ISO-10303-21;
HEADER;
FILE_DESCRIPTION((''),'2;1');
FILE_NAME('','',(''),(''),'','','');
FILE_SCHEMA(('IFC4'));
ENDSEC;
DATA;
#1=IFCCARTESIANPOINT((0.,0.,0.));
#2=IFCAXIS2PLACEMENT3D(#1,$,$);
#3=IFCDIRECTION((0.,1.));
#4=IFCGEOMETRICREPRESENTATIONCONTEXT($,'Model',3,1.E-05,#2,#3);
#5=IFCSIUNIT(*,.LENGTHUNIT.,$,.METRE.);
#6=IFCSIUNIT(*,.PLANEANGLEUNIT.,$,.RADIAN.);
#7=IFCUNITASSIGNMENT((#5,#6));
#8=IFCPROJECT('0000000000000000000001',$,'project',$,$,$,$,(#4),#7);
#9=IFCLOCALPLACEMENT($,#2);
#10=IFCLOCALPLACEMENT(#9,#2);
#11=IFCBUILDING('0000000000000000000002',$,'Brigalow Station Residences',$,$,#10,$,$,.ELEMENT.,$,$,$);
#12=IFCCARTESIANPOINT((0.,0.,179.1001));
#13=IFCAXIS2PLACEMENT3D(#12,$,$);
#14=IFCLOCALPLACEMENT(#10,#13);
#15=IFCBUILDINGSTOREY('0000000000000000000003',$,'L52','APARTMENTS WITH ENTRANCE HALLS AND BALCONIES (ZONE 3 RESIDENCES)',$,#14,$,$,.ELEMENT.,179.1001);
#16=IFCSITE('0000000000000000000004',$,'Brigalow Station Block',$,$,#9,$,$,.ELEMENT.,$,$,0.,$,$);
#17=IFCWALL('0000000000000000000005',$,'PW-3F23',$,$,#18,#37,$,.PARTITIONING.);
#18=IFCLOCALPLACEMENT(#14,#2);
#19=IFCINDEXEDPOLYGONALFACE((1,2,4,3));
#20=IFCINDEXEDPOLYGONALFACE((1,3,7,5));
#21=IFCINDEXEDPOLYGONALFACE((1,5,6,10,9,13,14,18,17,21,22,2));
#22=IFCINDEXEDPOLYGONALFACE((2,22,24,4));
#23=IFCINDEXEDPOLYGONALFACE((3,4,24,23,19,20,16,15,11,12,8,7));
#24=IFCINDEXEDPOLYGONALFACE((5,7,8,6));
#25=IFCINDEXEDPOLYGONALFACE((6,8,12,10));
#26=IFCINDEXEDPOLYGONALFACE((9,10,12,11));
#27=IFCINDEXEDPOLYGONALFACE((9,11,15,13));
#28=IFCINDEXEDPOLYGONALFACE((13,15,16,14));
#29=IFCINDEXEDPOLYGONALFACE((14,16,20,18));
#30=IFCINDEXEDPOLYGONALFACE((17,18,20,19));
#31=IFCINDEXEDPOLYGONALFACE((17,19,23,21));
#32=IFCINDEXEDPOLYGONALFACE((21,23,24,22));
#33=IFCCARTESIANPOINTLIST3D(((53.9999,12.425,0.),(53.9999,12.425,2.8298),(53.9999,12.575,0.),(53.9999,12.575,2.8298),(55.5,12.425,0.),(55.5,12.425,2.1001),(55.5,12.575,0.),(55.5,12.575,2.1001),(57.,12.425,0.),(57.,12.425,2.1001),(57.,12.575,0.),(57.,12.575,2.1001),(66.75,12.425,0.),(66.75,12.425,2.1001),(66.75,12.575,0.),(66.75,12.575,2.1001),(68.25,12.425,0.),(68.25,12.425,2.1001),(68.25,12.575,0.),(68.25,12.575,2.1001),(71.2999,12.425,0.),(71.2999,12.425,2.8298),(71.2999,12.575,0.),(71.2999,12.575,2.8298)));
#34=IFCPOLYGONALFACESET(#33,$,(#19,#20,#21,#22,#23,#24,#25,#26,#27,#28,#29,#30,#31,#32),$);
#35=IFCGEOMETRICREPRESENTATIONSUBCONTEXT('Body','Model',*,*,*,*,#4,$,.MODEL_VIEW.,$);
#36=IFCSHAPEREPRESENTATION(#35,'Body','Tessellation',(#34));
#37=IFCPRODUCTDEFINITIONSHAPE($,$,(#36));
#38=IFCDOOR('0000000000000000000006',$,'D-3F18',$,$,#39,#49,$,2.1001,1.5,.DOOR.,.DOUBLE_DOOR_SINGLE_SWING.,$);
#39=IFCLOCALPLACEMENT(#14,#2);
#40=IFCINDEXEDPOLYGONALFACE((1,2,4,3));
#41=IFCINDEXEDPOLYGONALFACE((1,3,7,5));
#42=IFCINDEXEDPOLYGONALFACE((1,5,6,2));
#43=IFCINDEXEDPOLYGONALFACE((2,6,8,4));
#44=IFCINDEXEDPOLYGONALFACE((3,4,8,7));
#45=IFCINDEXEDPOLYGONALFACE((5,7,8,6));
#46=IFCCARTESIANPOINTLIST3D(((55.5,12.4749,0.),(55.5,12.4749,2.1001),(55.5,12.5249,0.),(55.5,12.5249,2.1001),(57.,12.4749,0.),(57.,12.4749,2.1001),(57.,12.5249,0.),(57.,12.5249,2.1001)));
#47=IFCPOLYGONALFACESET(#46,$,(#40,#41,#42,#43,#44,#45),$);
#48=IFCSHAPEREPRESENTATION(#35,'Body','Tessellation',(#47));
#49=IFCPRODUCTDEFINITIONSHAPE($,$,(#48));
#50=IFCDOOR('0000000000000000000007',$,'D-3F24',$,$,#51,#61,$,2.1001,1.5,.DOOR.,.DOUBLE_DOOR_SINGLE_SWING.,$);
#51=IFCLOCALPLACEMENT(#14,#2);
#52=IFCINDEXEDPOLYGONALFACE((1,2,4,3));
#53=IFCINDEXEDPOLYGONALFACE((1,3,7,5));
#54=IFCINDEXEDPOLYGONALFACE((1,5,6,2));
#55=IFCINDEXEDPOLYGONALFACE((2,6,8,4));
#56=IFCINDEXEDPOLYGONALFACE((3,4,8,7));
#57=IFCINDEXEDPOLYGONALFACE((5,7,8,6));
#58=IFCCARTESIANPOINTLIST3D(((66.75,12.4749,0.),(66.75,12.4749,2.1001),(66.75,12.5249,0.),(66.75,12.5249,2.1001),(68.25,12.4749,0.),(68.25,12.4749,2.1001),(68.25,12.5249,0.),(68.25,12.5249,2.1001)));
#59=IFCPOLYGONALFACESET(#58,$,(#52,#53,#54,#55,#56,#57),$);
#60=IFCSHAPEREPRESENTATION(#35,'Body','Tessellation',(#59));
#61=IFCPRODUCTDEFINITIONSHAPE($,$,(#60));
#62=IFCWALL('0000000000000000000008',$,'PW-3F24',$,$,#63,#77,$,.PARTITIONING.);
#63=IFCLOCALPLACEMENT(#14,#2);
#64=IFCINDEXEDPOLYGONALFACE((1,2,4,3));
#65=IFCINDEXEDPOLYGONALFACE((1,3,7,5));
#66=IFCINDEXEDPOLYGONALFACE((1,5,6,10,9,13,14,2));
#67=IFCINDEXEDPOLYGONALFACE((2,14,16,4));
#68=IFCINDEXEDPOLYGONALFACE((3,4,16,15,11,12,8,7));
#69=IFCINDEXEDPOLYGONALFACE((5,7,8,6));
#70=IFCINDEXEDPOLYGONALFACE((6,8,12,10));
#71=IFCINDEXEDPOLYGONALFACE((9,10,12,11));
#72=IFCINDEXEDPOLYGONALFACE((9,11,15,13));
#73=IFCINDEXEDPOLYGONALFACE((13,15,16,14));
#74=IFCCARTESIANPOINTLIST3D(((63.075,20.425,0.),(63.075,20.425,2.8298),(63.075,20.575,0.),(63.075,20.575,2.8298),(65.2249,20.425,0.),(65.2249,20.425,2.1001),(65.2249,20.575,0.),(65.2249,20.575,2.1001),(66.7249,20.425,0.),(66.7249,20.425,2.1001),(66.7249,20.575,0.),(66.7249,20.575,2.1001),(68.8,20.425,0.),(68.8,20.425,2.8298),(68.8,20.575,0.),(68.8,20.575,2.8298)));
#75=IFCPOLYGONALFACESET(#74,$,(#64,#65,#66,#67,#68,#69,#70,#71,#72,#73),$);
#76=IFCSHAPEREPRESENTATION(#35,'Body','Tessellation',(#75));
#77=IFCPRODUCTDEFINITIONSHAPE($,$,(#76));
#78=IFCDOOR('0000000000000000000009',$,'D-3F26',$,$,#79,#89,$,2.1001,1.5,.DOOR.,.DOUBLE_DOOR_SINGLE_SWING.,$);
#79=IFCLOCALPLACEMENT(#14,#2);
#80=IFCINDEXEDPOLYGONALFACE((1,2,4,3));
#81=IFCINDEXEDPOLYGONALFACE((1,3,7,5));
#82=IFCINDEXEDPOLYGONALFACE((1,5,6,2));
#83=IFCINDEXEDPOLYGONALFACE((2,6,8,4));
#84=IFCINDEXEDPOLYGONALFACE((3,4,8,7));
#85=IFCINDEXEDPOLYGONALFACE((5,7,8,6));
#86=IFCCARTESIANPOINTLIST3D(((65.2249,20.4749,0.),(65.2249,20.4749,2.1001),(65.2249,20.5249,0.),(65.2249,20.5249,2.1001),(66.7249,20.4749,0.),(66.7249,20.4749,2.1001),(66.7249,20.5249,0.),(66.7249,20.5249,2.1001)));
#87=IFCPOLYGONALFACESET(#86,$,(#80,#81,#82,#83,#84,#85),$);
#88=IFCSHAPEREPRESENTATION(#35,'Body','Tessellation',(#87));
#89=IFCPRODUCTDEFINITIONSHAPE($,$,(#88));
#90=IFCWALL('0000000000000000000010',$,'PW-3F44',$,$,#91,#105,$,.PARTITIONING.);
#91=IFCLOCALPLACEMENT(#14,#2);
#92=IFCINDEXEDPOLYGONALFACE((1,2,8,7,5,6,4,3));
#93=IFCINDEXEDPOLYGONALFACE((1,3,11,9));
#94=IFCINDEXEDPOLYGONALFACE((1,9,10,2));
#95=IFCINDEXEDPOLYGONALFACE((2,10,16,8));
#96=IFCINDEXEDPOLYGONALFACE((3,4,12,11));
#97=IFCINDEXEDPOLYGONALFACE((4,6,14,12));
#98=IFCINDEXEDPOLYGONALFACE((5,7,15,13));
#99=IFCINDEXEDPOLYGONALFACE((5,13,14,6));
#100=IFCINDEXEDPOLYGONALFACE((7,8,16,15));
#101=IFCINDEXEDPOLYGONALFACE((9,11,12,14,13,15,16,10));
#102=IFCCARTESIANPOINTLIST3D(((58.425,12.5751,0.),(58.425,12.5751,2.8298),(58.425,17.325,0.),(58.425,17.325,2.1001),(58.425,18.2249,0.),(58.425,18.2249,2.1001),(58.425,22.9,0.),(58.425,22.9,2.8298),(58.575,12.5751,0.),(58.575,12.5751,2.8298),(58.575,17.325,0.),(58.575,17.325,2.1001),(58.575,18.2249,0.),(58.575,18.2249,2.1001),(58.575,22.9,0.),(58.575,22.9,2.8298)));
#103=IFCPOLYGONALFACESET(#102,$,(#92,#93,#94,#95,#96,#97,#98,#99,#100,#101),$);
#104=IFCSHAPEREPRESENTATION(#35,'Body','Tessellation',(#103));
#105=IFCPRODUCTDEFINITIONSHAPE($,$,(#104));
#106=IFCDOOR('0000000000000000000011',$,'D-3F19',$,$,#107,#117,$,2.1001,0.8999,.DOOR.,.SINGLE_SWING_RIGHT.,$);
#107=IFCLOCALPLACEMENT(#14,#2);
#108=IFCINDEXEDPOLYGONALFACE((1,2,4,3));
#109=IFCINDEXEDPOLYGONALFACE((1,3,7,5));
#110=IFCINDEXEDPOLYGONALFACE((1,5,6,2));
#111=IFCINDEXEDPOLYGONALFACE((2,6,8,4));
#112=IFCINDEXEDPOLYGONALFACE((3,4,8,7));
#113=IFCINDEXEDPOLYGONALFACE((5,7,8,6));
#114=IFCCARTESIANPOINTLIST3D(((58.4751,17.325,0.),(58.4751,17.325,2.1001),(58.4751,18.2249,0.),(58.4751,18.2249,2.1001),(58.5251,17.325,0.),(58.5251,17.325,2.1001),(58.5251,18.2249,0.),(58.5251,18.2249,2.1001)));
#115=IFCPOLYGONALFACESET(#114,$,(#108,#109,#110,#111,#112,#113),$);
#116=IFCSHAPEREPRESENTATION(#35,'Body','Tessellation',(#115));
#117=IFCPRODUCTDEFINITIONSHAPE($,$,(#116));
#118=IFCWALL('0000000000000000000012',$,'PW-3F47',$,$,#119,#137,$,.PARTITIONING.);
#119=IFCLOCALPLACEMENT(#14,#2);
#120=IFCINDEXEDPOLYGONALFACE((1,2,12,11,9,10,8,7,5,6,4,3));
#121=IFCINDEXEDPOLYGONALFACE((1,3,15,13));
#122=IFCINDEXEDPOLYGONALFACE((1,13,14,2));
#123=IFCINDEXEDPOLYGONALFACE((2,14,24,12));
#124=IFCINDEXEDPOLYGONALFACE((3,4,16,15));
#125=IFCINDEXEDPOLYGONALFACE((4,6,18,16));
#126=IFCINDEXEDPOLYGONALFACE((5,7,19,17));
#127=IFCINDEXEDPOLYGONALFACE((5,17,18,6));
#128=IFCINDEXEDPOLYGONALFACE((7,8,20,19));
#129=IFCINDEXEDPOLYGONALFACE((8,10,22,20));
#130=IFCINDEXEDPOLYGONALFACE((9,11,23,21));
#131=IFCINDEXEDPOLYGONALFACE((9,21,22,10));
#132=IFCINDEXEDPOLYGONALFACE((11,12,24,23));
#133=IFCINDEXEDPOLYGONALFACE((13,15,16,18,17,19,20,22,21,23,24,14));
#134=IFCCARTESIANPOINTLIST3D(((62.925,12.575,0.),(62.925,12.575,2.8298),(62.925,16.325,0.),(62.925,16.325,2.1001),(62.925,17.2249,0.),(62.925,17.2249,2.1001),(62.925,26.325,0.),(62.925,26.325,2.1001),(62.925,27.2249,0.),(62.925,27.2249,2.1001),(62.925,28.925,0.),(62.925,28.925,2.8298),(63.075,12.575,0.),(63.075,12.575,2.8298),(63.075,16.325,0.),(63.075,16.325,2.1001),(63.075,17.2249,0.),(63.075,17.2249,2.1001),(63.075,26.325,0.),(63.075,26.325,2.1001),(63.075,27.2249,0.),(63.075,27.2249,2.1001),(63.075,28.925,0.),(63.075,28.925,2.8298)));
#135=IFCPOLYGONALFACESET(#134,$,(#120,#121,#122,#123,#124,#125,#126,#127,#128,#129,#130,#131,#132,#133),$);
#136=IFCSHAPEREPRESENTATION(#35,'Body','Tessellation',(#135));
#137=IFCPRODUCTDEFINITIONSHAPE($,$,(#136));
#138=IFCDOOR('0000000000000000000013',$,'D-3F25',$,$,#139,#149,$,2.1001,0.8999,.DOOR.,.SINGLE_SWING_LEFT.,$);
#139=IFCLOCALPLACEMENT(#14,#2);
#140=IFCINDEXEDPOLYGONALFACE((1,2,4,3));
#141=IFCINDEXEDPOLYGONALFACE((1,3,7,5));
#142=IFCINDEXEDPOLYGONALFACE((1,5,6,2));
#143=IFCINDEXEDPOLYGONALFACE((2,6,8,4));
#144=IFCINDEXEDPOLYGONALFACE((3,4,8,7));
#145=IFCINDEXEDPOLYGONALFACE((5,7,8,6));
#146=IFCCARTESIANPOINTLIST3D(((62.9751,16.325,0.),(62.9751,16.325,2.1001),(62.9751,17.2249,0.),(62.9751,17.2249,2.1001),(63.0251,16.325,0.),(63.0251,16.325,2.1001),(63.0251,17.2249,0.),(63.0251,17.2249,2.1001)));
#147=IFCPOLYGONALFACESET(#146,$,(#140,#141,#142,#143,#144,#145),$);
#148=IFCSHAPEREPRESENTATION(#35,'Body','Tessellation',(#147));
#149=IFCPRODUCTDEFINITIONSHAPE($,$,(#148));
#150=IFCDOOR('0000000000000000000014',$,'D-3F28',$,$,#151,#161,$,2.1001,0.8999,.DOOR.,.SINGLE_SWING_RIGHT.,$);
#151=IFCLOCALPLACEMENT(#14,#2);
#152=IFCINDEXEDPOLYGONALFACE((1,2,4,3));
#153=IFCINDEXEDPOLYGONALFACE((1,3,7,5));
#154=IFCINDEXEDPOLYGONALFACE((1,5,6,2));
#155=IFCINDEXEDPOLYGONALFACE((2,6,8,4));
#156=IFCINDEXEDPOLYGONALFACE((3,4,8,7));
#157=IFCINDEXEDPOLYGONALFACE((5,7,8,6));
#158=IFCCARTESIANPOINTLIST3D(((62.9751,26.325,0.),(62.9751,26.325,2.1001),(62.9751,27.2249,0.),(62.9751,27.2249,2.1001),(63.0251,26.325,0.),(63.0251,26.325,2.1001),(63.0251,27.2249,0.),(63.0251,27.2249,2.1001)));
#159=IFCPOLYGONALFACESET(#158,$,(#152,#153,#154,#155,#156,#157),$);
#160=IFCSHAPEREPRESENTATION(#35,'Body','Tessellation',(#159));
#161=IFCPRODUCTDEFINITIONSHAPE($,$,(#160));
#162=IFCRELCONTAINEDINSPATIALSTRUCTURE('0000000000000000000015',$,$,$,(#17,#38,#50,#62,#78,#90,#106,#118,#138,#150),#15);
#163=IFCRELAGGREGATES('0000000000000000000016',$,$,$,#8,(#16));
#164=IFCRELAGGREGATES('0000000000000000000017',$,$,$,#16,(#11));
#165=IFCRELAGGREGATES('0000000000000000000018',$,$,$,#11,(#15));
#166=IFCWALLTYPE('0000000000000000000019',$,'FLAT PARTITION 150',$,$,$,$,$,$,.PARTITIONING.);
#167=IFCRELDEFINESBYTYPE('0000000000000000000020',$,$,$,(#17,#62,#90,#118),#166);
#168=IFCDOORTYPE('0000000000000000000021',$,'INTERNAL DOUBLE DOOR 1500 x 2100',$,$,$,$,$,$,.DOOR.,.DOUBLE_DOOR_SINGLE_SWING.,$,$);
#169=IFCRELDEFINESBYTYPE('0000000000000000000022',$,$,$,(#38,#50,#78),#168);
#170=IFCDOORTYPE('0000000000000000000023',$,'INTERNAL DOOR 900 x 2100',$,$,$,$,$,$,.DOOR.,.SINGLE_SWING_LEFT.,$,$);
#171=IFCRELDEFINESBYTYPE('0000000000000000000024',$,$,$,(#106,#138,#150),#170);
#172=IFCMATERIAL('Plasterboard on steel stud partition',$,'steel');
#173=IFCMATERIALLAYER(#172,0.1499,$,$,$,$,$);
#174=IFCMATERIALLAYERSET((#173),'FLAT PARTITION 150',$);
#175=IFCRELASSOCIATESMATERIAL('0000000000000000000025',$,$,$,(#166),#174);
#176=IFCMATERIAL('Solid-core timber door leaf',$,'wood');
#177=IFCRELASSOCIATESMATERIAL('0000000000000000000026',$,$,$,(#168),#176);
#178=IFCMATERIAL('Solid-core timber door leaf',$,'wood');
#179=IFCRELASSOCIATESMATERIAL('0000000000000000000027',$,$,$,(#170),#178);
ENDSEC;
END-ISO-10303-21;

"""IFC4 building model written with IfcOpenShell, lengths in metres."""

from ifc_helpers import new_model, si_unit, direction, frame, frame_2d, origin, place, context, subcontext, project, spatial, rectangle, extrude, material, layer, layer_set, type_object, element, fill, save


model = new_model("IFC4")

# Units and contexts
model_context = context("Model", 3, precision=1e-05, world=origin(), true_north=direction((0.0, 1.0)))
body_context = subcontext(model_context, "Body", "Model", "MODEL_VIEW")
ifc_project = project(units=[si_unit("LENGTHUNIT", "METRE"), si_unit("PLANEANGLEUNIT", "RADIAN")], contexts=[model_context])

# Site, building, storey
site_placement = place(None, origin())
site = spatial("IfcSite", under=ifc_project, at=site_placement, Name="Brigalow Station Block", CompositionType="ELEMENT", RefElevation=0.0)
building_placement = place(site_placement, origin())
building = spatial("IfcBuilding", under=site, at=building_placement, Name="Brigalow Station Residences", CompositionType="ELEMENT")
storey_placement = place(building_placement, frame((0.0, 0.0, 179.1001)))
storey = spatial("IfcBuildingStorey", under=building, at=storey_placement, Name="L52", Description="APARTMENTS WITH ENTRANCE HALLS AND BALCONIES (ZONE 3 RESIDENCES)", CompositionType="ELEMENT", Elevation=179.1001)

# Wall, openings, doors
ifc_material_1 = material(Name="Plasterboard on steel stud partition", Category="steel")
ifc_layer_1 = layer(ifc_material_1, 0.1499)
ifc_layer_set_1 = layer_set([ifc_layer_1], Name="FLAT PARTITION 150")
wall_type_1 = type_object("IfcWallType", Name="FLAT PARTITION 150", PredefinedType="PARTITIONING", material=ifc_layer_set_1)
wall_1_placement = place(storey_placement, frame((54.0, 12.5, 0.0), z_axis=(0.0, 0.0, 1.0), x_axis=(1.0, 0.0, 0.0)))
wall_1 = element("IfcWall", 1, at=wall_1_placement, inside=storey, type_object=wall_type_1, Name="PW-3F23", PredefinedType="PARTITIONING", context=body_context, shape_type="SweptSolid", body=[
    extrude(rectangle(XDim=17.3, YDim=0.1499, at=frame_2d((8.6499, 0.0))), origin(), (0.0, 0.0, 1.0), 2.8298),
])
opening_1_placement = place(wall_1_placement, frame((1.5, 0.0, 0.0)))
opening_1 = element("IfcOpeningElement", 2, at=opening_1_placement, cuts=wall_1, PredefinedType="OPENING", context=body_context, shape_type="SweptSolid", body=[
    extrude(rectangle(XDim=1.5, YDim=2.1001, at=frame_2d((0.75, 1.05))), frame((0.0, 0.085, 0.0), z_axis=(0.0, -1.0, 0.0), x_axis=(1.0, 0.0, 0.0)), (0.0, 0.0, 1.0), 0.1699),
])
opening_2_placement = place(wall_1_placement, frame((12.75, 0.0, 0.0)))
opening_2 = element("IfcOpeningElement", 3, at=opening_2_placement, cuts=wall_1, PredefinedType="OPENING", context=body_context, shape_type="SweptSolid", body=[
    extrude(rectangle(XDim=1.5, YDim=2.1001, at=frame_2d((0.75, 1.05))), frame((0.0, 0.085, 0.0), z_axis=(0.0, -1.0, 0.0), x_axis=(1.0, 0.0, 0.0)), (0.0, 0.0, 1.0), 0.1699),
])
ifc_material_2 = material(Name="Solid-core timber door leaf", Category="wood")
door_type_1 = type_object("IfcDoorType", Name="INTERNAL DOUBLE DOOR 1500 x 2100", OperationType="DOUBLE_DOOR_SINGLE_SWING", PredefinedType="DOOR", material=ifc_material_2)
door_1_placement = place(opening_1_placement, origin())
door_1 = element("IfcDoor", 4, at=door_1_placement, inside=storey, type_object=door_type_1, Name="D-3F18", OperationType="DOUBLE_DOOR_SINGLE_SWING", OverallHeight=2.1001, OverallWidth=1.5, PredefinedType="DOOR", context=body_context, shape_type="SweptSolid", body=[
    extrude(rectangle(XDim=1.5, YDim=2.1001, at=frame_2d((0.75, 1.05))), frame((0.0, 0.0249, 0.0), z_axis=(0.0, -1.0, 0.0), x_axis=(1.0, 0.0, 0.0)), (0.0, 0.0, 1.0), 0.05),
])
fill(opening_1, door_1)
door_2_placement = place(opening_2_placement, origin())
door_2 = element("IfcDoor", 5, at=door_2_placement, inside=storey, type_object=door_type_1, Name="D-3F24", OperationType="DOUBLE_DOOR_SINGLE_SWING", OverallHeight=2.1001, OverallWidth=1.5, PredefinedType="DOOR", context=body_context, shape_type="SweptSolid", body=[
    extrude(rectangle(XDim=1.5, YDim=2.1001, at=frame_2d((0.75, 1.05))), frame((0.0, 0.0249, 0.0), z_axis=(0.0, -1.0, 0.0), x_axis=(1.0, 0.0, 0.0)), (0.0, 0.0, 1.0), 0.05),
])
fill(opening_2, door_2)

# Walls, openings, doors
wall_2_placement = place(storey_placement, frame((63.075, 20.5, 0.0), z_axis=(0.0, 0.0, 1.0), x_axis=(1.0, 0.0, 0.0)))
wall_2 = element("IfcWall", 6, at=wall_2_placement, inside=storey, type_object=wall_type_1, Name="PW-3F24", PredefinedType="PARTITIONING", context=body_context, shape_type="SweptSolid", body=[
    extrude(rectangle(XDim=5.7251, YDim=0.1499, at=frame_2d((2.8625, 0.0))), origin(), (0.0, 0.0, 1.0), 2.8298),
])
opening_3_placement = place(wall_2_placement, frame((2.1499, 0.0, 0.0)))
opening_3 = element("IfcOpeningElement", 7, at=opening_3_placement, cuts=wall_2, PredefinedType="OPENING", context=body_context, shape_type="SweptSolid", body=[
    extrude(rectangle(XDim=1.5, YDim=2.1001, at=frame_2d((0.75, 1.05))), frame((0.0, 0.085, 0.0), z_axis=(0.0, -1.0, 0.0), x_axis=(1.0, 0.0, 0.0)), (0.0, 0.0, 1.0), 0.1699),
])
door_3_placement = place(opening_3_placement, origin())
door_3 = element("IfcDoor", 8, at=door_3_placement, inside=storey, type_object=door_type_1, Name="D-3F26", OperationType="DOUBLE_DOOR_SINGLE_SWING", OverallHeight=2.1001, OverallWidth=1.5, PredefinedType="DOOR", context=body_context, shape_type="SweptSolid", body=[
    extrude(rectangle(XDim=1.5, YDim=2.1001, at=frame_2d((0.75, 1.05))), frame((0.0, 0.0249, 0.0), z_axis=(0.0, -1.0, 0.0), x_axis=(1.0, 0.0, 0.0)), (0.0, 0.0, 1.0), 0.05),
])
fill(opening_3, door_3)
wall_3_placement = place(storey_placement, frame((58.5, 12.575, 0.0), z_axis=(0.0, 0.0, 1.0), x_axis=(0.0, 1.0, 0.0)))
wall_3 = element("IfcWall", 9, at=wall_3_placement, inside=storey, type_object=wall_type_1, Name="PW-3F44", PredefinedType="PARTITIONING", context=body_context, shape_type="SweptSolid", body=[
    extrude(rectangle(XDim=10.325, YDim=0.1499, at=frame_2d((5.1626, 0.0))), origin(), (0.0, 0.0, 1.0), 2.8298),
])
opening_4_placement = place(wall_3_placement, frame((4.75, 0.0, 0.0)))
opening_4 = element("IfcOpeningElement", 10, at=opening_4_placement, cuts=wall_3, PredefinedType="OPENING", context=body_context, shape_type="SweptSolid", body=[
    extrude(rectangle(XDim=0.8999, YDim=2.1001, at=frame_2d((0.45, 1.05))), frame((0.0, 0.085, 0.0), z_axis=(0.0, -1.0, 0.0), x_axis=(1.0, 0.0, 0.0)), (0.0, 0.0, 1.0), 0.1699),
])
ifc_material_3 = material(Name="Solid-core timber door leaf", Category="wood")
door_type_2 = type_object("IfcDoorType", Name="INTERNAL DOOR 900 x 2100", OperationType="SINGLE_SWING_LEFT", PredefinedType="DOOR", material=ifc_material_3)
door_4_placement = place(opening_4_placement, origin())
door_4 = element("IfcDoor", 11, at=door_4_placement, inside=storey, type_object=door_type_2, Name="D-3F19", OperationType="SINGLE_SWING_RIGHT", OverallHeight=2.1001, OverallWidth=0.8999, PredefinedType="DOOR", context=body_context, shape_type="SweptSolid", body=[
    extrude(rectangle(XDim=0.8999, YDim=2.1001, at=frame_2d((0.45, 1.05))), frame((0.0, 0.0249, 0.0), z_axis=(0.0, -1.0, 0.0), x_axis=(1.0, 0.0, 0.0)), (0.0, 0.0, 1.0), 0.05),
])
fill(opening_4, door_4)

# Wall, openings, doors
wall_4_placement = place(storey_placement, frame((63.0, 12.575, 0.0), z_axis=(0.0, 0.0, 1.0), x_axis=(0.0, 1.0, 0.0)))
wall_4 = element("IfcWall", 12, at=wall_4_placement, inside=storey, type_object=wall_type_1, Name="PW-3F47", PredefinedType="PARTITIONING", context=body_context, shape_type="SweptSolid", body=[
    extrude(rectangle(XDim=16.3501, YDim=0.1499, at=frame_2d((8.175, 0.0))), origin(), (0.0, 0.0, 1.0), 2.8298),
])
opening_5_placement = place(wall_4_placement, frame((3.75, 0.0, 0.0)))
opening_5 = element("IfcOpeningElement", 13, at=opening_5_placement, cuts=wall_4, PredefinedType="OPENING", context=body_context, shape_type="SweptSolid", body=[
    extrude(rectangle(XDim=0.8999, YDim=2.1001, at=frame_2d((0.45, 1.05))), frame((0.0, 0.085, 0.0), z_axis=(0.0, -1.0, 0.0), x_axis=(1.0, 0.0, 0.0)), (0.0, 0.0, 1.0), 0.1699),
])
opening_6_placement = place(wall_4_placement, frame((13.75, 0.0, 0.0)))
opening_6 = element("IfcOpeningElement", 14, at=opening_6_placement, cuts=wall_4, PredefinedType="OPENING", context=body_context, shape_type="SweptSolid", body=[
    extrude(rectangle(XDim=0.8999, YDim=2.1001, at=frame_2d((0.45, 1.05))), frame((0.0, 0.085, 0.0), z_axis=(0.0, -1.0, 0.0), x_axis=(1.0, 0.0, 0.0)), (0.0, 0.0, 1.0), 0.1699),
])
door_5_placement = place(opening_5_placement, origin())
door_5 = element("IfcDoor", 15, at=door_5_placement, inside=storey, type_object=door_type_2, Name="D-3F25", OperationType="SINGLE_SWING_LEFT", OverallHeight=2.1001, OverallWidth=0.8999, PredefinedType="DOOR", context=body_context, shape_type="SweptSolid", body=[
    extrude(rectangle(XDim=0.8999, YDim=2.1001, at=frame_2d((0.45, 1.05))), frame((0.0, 0.0249, 0.0), z_axis=(0.0, -1.0, 0.0), x_axis=(1.0, 0.0, 0.0)), (0.0, 0.0, 1.0), 0.05),
])
fill(opening_5, door_5)
door_6_placement = place(opening_6_placement, origin())
door_6 = element("IfcDoor", 16, at=door_6_placement, inside=storey, type_object=door_type_2, Name="D-3F28", OperationType="SINGLE_SWING_RIGHT", OverallHeight=2.1001, OverallWidth=0.8999, PredefinedType="DOOR", context=body_context, shape_type="SweptSolid", body=[
    extrude(rectangle(XDim=0.8999, YDim=2.1001, at=frame_2d((0.45, 1.05))), frame((0.0, 0.0249, 0.0), z_axis=(0.0, -1.0, 0.0), x_axis=(1.0, 0.0, 0.0)), (0.0, 0.0, 1.0), 0.05),
])
fill(opening_6, door_6)

save(model, "model.ifc")
